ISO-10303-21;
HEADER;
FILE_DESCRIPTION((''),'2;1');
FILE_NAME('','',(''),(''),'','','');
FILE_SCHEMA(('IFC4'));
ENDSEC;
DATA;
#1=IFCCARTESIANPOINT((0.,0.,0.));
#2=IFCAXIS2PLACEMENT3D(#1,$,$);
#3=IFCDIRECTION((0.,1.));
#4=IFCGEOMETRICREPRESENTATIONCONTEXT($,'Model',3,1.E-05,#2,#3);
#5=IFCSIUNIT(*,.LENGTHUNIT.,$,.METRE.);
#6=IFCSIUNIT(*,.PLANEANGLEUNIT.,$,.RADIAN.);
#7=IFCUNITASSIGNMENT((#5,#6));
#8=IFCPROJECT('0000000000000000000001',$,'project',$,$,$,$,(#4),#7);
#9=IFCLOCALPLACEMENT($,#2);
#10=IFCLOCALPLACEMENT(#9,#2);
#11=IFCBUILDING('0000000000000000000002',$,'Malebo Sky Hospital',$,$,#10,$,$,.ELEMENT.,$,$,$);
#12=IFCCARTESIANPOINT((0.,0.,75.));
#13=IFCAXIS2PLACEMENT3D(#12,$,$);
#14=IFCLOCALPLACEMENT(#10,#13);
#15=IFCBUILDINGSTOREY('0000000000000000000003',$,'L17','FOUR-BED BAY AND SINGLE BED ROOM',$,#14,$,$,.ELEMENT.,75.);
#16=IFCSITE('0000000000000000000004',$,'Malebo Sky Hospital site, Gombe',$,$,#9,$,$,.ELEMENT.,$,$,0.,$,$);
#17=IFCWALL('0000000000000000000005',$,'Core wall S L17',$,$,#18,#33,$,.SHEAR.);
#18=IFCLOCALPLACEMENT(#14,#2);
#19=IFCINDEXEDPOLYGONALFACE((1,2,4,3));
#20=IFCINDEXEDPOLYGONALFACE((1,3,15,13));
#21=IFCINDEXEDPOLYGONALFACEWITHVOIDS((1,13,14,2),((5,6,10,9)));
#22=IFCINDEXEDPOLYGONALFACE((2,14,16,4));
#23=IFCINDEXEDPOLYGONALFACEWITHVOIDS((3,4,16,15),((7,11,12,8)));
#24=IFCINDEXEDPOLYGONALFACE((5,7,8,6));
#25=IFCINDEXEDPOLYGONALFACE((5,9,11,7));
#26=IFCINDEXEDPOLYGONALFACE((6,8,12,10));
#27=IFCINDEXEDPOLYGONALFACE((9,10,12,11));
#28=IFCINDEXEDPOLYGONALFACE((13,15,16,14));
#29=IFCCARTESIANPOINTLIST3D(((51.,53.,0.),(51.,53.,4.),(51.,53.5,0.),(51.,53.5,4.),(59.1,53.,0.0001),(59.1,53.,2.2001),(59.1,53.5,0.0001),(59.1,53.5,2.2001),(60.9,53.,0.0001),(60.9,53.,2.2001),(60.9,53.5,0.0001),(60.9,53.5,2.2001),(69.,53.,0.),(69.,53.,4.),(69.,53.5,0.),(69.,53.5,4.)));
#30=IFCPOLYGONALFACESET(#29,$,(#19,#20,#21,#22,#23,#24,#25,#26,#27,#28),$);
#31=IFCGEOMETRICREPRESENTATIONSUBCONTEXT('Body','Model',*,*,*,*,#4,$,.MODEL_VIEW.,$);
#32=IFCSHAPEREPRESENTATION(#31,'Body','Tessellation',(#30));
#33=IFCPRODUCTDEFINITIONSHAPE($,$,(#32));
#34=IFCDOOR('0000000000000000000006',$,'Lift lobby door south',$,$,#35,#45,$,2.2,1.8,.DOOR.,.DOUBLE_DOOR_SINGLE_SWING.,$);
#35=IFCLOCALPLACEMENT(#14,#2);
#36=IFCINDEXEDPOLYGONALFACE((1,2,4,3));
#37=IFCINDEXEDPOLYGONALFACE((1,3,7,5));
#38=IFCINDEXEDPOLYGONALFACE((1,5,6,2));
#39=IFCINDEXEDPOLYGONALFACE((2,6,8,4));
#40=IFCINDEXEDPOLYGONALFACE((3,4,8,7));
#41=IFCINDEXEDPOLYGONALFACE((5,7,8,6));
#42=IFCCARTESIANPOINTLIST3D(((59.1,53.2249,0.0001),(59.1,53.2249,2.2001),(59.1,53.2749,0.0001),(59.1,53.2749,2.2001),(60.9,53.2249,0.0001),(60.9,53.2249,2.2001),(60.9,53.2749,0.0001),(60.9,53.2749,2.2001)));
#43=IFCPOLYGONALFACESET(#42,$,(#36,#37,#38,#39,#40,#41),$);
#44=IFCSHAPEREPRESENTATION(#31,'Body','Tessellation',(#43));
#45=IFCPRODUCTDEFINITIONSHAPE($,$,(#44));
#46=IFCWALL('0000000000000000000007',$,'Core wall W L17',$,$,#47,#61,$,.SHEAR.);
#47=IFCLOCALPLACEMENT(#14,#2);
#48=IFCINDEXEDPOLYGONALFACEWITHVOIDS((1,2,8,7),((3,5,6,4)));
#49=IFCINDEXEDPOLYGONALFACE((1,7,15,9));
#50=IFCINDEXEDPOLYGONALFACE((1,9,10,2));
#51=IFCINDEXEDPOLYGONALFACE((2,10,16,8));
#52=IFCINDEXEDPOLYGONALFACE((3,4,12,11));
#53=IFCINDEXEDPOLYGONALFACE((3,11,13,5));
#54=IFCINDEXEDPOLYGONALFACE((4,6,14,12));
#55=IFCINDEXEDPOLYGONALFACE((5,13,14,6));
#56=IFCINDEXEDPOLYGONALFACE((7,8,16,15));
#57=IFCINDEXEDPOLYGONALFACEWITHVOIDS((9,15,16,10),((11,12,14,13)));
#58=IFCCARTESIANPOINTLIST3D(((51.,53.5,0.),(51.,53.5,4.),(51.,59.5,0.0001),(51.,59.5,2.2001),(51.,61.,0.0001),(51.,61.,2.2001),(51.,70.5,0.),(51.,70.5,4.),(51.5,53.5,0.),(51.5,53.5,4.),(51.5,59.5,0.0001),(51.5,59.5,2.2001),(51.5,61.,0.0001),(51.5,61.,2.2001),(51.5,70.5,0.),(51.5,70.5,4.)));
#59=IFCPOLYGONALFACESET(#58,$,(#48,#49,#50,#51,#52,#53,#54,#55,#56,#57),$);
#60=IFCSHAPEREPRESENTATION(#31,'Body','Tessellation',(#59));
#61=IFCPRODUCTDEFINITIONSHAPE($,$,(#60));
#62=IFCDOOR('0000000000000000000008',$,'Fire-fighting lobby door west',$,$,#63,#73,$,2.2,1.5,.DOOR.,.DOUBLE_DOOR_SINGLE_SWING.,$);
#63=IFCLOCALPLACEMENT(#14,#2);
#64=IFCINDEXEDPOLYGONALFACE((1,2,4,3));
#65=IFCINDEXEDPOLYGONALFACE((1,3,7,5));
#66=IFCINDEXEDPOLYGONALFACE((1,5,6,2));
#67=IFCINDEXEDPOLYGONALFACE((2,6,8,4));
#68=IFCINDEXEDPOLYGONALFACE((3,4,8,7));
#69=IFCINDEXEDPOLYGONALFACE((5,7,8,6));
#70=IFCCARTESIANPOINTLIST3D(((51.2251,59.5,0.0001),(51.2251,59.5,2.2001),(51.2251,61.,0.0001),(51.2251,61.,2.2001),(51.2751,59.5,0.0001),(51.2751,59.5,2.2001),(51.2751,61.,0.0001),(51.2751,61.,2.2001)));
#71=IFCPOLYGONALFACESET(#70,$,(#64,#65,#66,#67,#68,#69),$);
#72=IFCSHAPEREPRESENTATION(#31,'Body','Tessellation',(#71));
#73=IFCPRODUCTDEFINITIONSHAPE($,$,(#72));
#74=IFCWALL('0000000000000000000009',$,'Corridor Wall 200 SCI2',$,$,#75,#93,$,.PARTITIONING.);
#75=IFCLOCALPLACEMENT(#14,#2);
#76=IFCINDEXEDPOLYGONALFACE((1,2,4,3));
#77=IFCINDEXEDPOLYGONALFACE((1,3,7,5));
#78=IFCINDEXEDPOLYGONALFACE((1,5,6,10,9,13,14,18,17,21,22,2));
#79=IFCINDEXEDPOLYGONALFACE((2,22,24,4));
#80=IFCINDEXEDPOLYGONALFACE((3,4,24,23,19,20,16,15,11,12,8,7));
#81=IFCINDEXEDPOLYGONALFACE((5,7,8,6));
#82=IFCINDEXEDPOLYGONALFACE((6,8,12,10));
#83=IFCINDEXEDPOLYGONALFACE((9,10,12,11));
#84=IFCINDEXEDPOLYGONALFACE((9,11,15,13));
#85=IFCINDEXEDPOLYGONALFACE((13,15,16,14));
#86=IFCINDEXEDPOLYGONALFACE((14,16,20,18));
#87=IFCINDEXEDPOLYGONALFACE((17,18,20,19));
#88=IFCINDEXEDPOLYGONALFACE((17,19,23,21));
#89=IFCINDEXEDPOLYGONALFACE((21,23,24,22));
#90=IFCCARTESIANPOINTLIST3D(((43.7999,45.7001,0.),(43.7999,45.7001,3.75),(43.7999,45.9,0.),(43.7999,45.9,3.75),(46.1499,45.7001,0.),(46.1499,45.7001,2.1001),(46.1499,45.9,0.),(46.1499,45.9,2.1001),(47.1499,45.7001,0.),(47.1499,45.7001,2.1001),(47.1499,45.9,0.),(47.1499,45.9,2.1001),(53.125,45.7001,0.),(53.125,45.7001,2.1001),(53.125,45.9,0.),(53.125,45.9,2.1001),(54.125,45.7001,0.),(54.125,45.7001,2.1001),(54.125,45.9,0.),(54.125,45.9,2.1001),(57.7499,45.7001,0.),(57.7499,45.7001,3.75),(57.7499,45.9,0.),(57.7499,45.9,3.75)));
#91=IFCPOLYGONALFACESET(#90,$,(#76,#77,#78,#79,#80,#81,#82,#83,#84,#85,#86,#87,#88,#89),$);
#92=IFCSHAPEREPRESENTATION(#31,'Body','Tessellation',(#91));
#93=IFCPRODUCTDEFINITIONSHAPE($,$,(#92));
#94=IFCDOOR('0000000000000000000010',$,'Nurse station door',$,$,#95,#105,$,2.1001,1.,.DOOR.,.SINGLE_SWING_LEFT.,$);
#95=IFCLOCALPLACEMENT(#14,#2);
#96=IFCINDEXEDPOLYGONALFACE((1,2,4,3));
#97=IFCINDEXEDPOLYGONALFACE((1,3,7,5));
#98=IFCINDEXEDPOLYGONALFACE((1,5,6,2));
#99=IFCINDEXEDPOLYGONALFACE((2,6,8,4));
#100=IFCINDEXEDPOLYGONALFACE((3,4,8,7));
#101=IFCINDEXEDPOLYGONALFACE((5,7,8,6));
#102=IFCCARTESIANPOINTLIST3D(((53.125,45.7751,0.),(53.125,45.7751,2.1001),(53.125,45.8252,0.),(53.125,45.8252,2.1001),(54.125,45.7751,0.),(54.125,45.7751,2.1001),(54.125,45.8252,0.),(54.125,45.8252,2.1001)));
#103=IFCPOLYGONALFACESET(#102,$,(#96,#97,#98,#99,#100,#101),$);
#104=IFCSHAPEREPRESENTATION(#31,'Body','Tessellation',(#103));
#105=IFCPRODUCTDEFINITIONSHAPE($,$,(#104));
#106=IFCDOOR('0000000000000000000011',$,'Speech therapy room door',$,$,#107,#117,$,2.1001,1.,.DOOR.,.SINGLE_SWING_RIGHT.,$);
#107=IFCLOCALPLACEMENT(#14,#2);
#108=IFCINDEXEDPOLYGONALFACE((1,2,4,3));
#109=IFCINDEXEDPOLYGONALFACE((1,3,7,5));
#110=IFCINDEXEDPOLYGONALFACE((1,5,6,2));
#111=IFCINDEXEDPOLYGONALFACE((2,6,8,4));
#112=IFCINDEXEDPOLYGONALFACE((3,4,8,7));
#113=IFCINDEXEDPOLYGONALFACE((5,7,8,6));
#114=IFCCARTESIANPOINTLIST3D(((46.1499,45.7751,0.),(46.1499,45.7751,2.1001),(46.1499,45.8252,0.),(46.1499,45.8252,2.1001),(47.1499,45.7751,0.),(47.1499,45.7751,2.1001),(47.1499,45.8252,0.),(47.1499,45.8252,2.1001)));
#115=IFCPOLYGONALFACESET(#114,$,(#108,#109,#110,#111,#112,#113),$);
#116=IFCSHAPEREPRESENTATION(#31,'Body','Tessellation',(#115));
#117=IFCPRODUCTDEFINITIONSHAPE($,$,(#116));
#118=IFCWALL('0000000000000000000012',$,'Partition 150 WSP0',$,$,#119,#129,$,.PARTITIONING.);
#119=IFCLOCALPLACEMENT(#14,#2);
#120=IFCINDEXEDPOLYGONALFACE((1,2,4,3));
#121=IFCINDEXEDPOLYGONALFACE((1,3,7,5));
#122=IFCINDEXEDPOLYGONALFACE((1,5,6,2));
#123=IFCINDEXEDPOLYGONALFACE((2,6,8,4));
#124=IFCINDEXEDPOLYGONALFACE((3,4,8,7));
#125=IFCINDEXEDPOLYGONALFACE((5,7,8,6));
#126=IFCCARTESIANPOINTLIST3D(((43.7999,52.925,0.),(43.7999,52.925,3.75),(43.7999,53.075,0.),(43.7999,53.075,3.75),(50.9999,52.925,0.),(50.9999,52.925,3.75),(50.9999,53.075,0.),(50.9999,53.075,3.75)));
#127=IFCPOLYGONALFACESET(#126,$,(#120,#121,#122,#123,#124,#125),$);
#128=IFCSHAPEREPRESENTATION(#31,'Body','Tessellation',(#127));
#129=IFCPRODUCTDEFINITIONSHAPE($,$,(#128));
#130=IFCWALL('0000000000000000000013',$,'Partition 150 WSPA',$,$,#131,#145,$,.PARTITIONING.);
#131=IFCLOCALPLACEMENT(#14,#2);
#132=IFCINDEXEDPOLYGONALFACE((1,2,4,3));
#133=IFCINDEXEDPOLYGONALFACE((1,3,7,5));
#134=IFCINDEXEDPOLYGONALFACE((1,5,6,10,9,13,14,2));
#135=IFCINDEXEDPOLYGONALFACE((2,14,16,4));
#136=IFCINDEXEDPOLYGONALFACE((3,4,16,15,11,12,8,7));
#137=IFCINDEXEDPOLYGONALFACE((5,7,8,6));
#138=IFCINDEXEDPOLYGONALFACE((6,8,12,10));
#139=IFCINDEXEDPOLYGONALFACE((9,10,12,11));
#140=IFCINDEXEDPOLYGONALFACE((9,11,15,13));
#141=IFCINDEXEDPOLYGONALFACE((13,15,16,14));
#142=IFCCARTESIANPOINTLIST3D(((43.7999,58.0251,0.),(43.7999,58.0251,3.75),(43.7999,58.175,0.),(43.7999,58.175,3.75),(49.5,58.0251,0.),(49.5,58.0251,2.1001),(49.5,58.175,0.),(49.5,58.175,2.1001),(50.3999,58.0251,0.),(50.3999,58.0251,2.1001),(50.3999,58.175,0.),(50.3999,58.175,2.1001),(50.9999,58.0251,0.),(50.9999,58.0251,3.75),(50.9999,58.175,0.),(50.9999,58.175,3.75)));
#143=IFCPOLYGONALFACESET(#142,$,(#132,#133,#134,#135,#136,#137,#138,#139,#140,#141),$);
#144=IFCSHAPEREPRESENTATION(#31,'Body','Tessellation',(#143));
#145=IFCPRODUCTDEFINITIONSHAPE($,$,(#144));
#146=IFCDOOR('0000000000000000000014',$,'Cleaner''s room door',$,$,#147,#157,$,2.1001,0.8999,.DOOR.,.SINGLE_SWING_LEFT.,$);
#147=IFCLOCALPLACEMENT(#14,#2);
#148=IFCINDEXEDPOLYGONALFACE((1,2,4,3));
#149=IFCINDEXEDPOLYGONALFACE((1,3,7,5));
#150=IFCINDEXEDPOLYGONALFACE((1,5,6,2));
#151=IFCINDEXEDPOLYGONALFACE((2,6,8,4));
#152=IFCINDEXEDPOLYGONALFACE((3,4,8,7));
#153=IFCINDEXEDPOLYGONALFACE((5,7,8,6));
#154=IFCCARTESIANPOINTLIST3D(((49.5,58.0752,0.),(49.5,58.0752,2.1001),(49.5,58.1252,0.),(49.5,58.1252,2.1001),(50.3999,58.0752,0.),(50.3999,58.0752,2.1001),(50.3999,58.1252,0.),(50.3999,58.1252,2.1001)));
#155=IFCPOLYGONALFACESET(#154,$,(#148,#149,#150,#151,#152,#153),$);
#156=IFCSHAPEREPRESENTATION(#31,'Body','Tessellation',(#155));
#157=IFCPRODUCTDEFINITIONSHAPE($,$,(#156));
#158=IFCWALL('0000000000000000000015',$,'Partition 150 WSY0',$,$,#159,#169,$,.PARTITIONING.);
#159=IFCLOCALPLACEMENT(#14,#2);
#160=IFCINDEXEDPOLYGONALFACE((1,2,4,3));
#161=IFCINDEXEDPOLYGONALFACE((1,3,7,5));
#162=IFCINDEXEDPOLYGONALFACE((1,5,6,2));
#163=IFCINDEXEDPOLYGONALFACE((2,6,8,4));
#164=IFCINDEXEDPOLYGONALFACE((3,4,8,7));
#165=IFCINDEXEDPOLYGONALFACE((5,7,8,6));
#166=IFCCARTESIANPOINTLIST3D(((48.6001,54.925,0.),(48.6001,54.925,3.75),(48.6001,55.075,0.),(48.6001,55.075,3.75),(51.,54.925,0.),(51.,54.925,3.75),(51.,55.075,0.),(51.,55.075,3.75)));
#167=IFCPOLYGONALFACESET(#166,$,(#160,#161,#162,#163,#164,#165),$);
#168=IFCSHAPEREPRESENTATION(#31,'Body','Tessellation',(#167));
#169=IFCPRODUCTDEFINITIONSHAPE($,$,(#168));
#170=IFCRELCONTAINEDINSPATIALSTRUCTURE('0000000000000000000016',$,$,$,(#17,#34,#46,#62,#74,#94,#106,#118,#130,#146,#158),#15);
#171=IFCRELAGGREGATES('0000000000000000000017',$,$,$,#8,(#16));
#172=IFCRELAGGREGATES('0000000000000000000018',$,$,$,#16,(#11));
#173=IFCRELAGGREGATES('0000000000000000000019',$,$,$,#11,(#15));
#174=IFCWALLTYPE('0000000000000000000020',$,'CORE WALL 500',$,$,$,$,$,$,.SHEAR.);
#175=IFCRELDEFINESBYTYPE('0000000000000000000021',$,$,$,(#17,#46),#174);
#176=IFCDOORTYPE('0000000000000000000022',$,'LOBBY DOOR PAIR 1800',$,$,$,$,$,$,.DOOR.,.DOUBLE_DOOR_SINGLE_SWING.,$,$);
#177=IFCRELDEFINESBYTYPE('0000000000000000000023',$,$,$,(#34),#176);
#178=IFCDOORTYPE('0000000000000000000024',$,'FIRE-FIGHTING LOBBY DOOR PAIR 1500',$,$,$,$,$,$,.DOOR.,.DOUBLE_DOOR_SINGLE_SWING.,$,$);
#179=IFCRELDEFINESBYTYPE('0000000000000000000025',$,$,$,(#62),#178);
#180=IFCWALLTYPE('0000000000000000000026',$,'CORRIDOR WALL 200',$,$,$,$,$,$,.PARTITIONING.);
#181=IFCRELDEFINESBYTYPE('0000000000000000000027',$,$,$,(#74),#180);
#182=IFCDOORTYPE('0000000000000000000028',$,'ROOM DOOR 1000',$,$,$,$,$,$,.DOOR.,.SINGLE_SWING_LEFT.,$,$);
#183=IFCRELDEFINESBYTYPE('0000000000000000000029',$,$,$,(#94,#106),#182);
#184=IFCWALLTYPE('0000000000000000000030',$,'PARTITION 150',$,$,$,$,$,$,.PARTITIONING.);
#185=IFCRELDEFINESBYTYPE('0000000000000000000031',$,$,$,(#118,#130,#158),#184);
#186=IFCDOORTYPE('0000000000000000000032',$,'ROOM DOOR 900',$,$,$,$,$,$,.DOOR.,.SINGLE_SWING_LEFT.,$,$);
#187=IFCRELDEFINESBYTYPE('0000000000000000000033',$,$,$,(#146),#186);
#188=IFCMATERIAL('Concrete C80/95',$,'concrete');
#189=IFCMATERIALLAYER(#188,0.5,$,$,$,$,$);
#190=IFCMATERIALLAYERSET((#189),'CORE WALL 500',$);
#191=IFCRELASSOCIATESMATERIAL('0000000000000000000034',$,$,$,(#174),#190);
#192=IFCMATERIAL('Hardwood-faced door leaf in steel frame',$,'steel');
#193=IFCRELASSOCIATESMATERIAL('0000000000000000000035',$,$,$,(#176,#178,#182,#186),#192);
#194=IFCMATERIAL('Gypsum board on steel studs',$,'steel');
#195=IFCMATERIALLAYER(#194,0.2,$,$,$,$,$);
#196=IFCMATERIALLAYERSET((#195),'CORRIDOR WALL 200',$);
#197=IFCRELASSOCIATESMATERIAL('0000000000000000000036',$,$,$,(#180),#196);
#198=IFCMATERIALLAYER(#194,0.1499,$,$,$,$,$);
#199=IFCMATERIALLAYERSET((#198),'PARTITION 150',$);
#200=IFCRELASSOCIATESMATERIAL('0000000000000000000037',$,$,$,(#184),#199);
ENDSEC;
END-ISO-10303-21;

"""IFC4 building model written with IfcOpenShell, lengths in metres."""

from ifc_helpers import new_model, si_unit, direction, frame, frame_2d, origin, place, context, subcontext, project, spatial, rectangle, extrude, material, layer, layer_set, type_object, element, fill, save


model = new_model("IFC4")

# Units and contexts
model_context = context("Model", 3, precision=1e-05, world=origin(), true_north=direction((0.0, 1.0)))
body_context = subcontext(model_context, "Body", "Model", "MODEL_VIEW")
ifc_project = project(units=[si_unit("LENGTHUNIT", "METRE"), si_unit("PLANEANGLEUNIT", "RADIAN")], contexts=[model_context])

# Site, building, storey
site_placement = place(None, origin())
site = spatial("IfcSite", under=ifc_project, at=site_placement, Name="Malebo Sky Hospital site, Gombe", CompositionType="ELEMENT", RefElevation=0.0)
building_placement = place(site_placement, origin())
building = spatial("IfcBuilding", under=site, at=building_placement, Name="Malebo Sky Hospital", CompositionType="ELEMENT")
storey_placement = place(building_placement, frame((0.0, 0.0, 75.0)))
storey = spatial("IfcBuildingStorey", under=building, at=storey_placement, Name="L17", Description="FOUR-BED BAY AND SINGLE BED ROOM", CompositionType="ELEMENT", Elevation=75.0)

# Shared definitions
ifc_material_1 = material(Name="Concrete C80/95", Category="concrete")

# Walls, openings, doors
ifc_layer_1 = layer(ifc_material_1, 0.5)
ifc_layer_set_1 = layer_set([ifc_layer_1], Name="CORE WALL 500")
wall_type_1 = type_object("IfcWallType", Name="CORE WALL 500", PredefinedType="SHEAR", material=ifc_layer_set_1)
wall_1_placement = place(storey_placement, frame((51.0, 53.25, 0.0), z_axis=(0.0, 0.0, 1.0), x_axis=(1.0, 0.0, 0.0)))
wall_1 = element("IfcWall", 1, at=wall_1_placement, inside=storey, type_object=wall_type_1, Name="Core wall S L17", PredefinedType="SHEAR", context=body_context, shape_type="SweptSolid", body=[
    extrude(rectangle(XDim=18.0, YDim=0.5, at=frame_2d((9.0, 0.0))), origin(), (0.0, 0.0, 1.0), 4.0),
])
opening_1_placement = place(wall_1_placement, frame((8.1001, 0.0, 0.0)))
opening_1 = element("IfcOpeningElement", 2, at=opening_1_placement, cuts=wall_1, PredefinedType="OPENING", context=body_context, shape_type="SweptSolid", body=[
    extrude(rectangle(XDim=1.8, YDim=2.2, at=frame_2d((0.8999, 1.1001))), frame((0.0, 0.26, 0.0), z_axis=(0.0, -1.0, 0.0), x_axis=(1.0, 0.0, 0.0)), (0.0, 0.0, 1.0), 0.52),
])
ifc_material_2 = material(Name="Hardwood-faced door leaf in steel frame", Category="steel")
door_type_1 = type_object("IfcDoorType", Name="LOBBY DOOR PAIR 1800", OperationType="DOUBLE_DOOR_SINGLE_SWING", PredefinedType="DOOR", material=ifc_material_2)
door_1_placement = place(opening_1_placement, origin())
door_1 = element("IfcDoor", 3, at=door_1_placement, inside=storey, type_object=door_type_1, Name="Lift lobby door south", OperationType="DOUBLE_DOOR_SINGLE_SWING", OverallHeight=2.2, OverallWidth=1.8, PredefinedType="DOOR", context=body_context, shape_type="SweptSolid", body=[
    extrude(rectangle(XDim=1.8, YDim=2.2, at=frame_2d((0.8999, 1.1001))), frame((0.0, 0.0249, 0.0), z_axis=(0.0, -1.0, 0.0), x_axis=(1.0, 0.0, 0.0)), (0.0, 0.0, 1.0), 0.05),
])
fill(opening_1, door_1)
wall_2_placement = place(storey_placement, frame((51.25, 53.5, 0.0), z_axis=(0.0, 0.0, 1.0), x_axis=(0.0, 1.0, 0.0)))
wall_2 = element("IfcWall", 4, at=wall_2_placement, inside=storey, type_object=wall_type_1, Name="Core wall W L17", PredefinedType="SHEAR", context=body_context, shape_type="SweptSolid", body=[
    extrude(rectangle(XDim=17.0, YDim=0.5, at=frame_2d((8.5, 0.0))), origin(), (0.0, 0.0, 1.0), 4.0),
])
opening_2_placement = place(wall_2_placement, frame((6.0, 0.0, 0.0)))
opening_2 = element("IfcOpeningElement", 5, at=opening_2_placement, cuts=wall_2, PredefinedType="OPENING", context=body_context, shape_type="SweptSolid", body=[
    extrude(rectangle(XDim=1.5, YDim=2.2, at=frame_2d((0.75, 1.1001))), frame((0.0, 0.26, 0.0), z_axis=(0.0, -1.0, 0.0), x_axis=(1.0, 0.0, 0.0)), (0.0, 0.0, 1.0), 0.52),
])
door_type_2 = type_object("IfcDoorType", Name="FIRE-FIGHTING LOBBY DOOR PAIR 1500", OperationType="DOUBLE_DOOR_SINGLE_SWING", PredefinedType="DOOR", material=ifc_material_2)
door_2_placement = place(opening_2_placement, origin())
door_2 = element("IfcDoor", 6, at=door_2_placement, inside=storey, type_object=door_type_2, Name="Fire-fighting lobby door west", OperationType="DOUBLE_DOOR_SINGLE_SWING", OverallHeight=2.2, OverallWidth=1.5, PredefinedType="DOOR", context=body_context, shape_type="SweptSolid", body=[
    extrude(rectangle(XDim=1.5, YDim=2.2, at=frame_2d((0.75, 1.1001))), frame((0.0, 0.0249, 0.0), z_axis=(0.0, -1.0, 0.0), x_axis=(1.0, 0.0, 0.0)), (0.0, 0.0, 1.0), 0.05),
])
fill(opening_2, door_2)

# Wall, openings, doors
ifc_material_3 = material(Name="Gypsum board on steel studs", Category="steel")
ifc_layer_2 = layer(ifc_material_3, 0.2)
ifc_layer_set_2 = layer_set([ifc_layer_2], Name="CORRIDOR WALL 200")
wall_type_2 = type_object("IfcWallType", Name="CORRIDOR WALL 200", PredefinedType="PARTITIONING", material=ifc_layer_set_2)
wall_3_placement = place(storey_placement, frame((57.75, 45.8, 0.0), z_axis=(0.0, 0.0, 1.0), x_axis=(-1.0, 0.0, 0.0)))
wall_3 = element("IfcWall", 7, at=wall_3_placement, inside=storey, type_object=wall_type_2, Name="Corridor Wall 200 SCI2", PredefinedType="PARTITIONING", context=body_context, shape_type="SweptSolid", body=[
    extrude(rectangle(XDim=13.95, YDim=0.2, at=frame_2d((6.9751, 0.0))), origin(), (0.0, 0.0, 1.0), 3.75),
])
opening_3_placement = place(wall_3_placement, frame((3.625, 0.0, 0.0)))
opening_3 = element("IfcOpeningElement", 8, at=opening_3_placement, cuts=wall_3, PredefinedType="OPENING", context=body_context, shape_type="SweptSolid", body=[
    extrude(rectangle(XDim=1.0, YDim=2.1001, at=frame_2d((0.5, 1.05))), frame((0.0, 0.1099, 0.0), z_axis=(0.0, -1.0, 0.0), x_axis=(1.0, 0.0, 0.0)), (0.0, 0.0, 1.0), 0.22),
])
opening_4_placement = place(wall_3_placement, frame((10.6001, 0.0, 0.0)))
opening_4 = element("IfcOpeningElement", 9, at=opening_4_placement, cuts=wall_3, PredefinedType="OPENING", context=body_context, shape_type="SweptSolid", body=[
    extrude(rectangle(XDim=1.0, YDim=2.1001, at=frame_2d((0.5, 1.05))), frame((0.0, 0.1099, 0.0), z_axis=(0.0, -1.0, 0.0), x_axis=(1.0, 0.0, 0.0)), (0.0, 0.0, 1.0), 0.22),
])
door_type_3 = type_object("IfcDoorType", Name="ROOM DOOR 1000", OperationType="SINGLE_SWING_LEFT", PredefinedType="DOOR", material=ifc_material_2)
door_3_placement = place(opening_3_placement, origin())
door_3 = element("IfcDoor", 10, at=door_3_placement, inside=storey, type_object=door_type_3, Name="Nurse station door", OperationType="SINGLE_SWING_LEFT", OverallHeight=2.1001, OverallWidth=1.0, PredefinedType="DOOR", context=body_context, shape_type="SweptSolid", body=[
    extrude(rectangle(XDim=1.0, YDim=2.1001, at=frame_2d((0.5, 1.05))), frame((0.0, 0.0249, 0.0), z_axis=(0.0, -1.0, 0.0), x_axis=(1.0, 0.0, 0.0)), (0.0, 0.0, 1.0), 0.05),
])
fill(opening_3, door_3)
door_4_placement = place(opening_4_placement, origin())
door_4 = element("IfcDoor", 11, at=door_4_placement, inside=storey, type_object=door_type_3, Name="Speech therapy room door", OperationType="SINGLE_SWING_RIGHT", OverallHeight=2.1001, OverallWidth=1.0, PredefinedType="DOOR", context=body_context, shape_type="SweptSolid", body=[
    extrude(rectangle(XDim=1.0, YDim=2.1001, at=frame_2d((0.5, 1.05))), frame((0.0, 0.0249, 0.0), z_axis=(0.0, -1.0, 0.0), x_axis=(1.0, 0.0, 0.0)), (0.0, 0.0, 1.0), 0.05),
])
fill(opening_4, door_4)

# Wall
ifc_layer_3 = layer(ifc_material_3, 0.1499)
ifc_layer_set_3 = layer_set([ifc_layer_3], Name="PARTITION 150")
wall_type_3 = type_object("IfcWallType", Name="PARTITION 150", PredefinedType="PARTITIONING", material=ifc_layer_set_3)
wall_4_placement = place(storey_placement, frame((51.0, 53.0, 0.0), z_axis=(0.0, 0.0, 1.0), x_axis=(-1.0, 0.0, 0.0)))
element("IfcWall", 12, at=wall_4_placement, inside=storey, type_object=wall_type_3, Name="Partition 150 WSP0", PredefinedType="PARTITIONING", context=body_context, shape_type="SweptSolid", body=[
    extrude(rectangle(XDim=7.2, YDim=0.1499, at=frame_2d((3.6001, 0.0))), origin(), (0.0, 0.0, 1.0), 3.75),
])

# Wall, opening, door
wall_5_placement = place(storey_placement, frame((51.0, 58.1001, 0.0), z_axis=(0.0, 0.0, 1.0), x_axis=(-1.0, 0.0, 0.0)))
wall_5 = element("IfcWall", 13, at=wall_5_placement, inside=storey, type_object=wall_type_3, Name="Partition 150 WSPA", PredefinedType="PARTITIONING", context=body_context, shape_type="SweptSolid", body=[
    extrude(rectangle(XDim=7.2, YDim=0.1499, at=frame_2d((3.6001, 0.0))), origin(), (0.0, 0.0, 1.0), 3.75),
])
opening_5_placement = place(wall_5_placement, frame((0.6001, 0.0, 0.0)))
opening_5 = element("IfcOpeningElement", 14, at=opening_5_placement, cuts=wall_5, PredefinedType="OPENING", context=body_context, shape_type="SweptSolid", body=[
    extrude(rectangle(XDim=0.8999, YDim=2.1001, at=frame_2d((0.45, 1.05))), frame((0.0, 0.085, 0.0), z_axis=(0.0, -1.0, 0.0), x_axis=(1.0, 0.0, 0.0)), (0.0, 0.0, 1.0), 0.1699),
])
door_type_4 = type_object("IfcDoorType", Name="ROOM DOOR 900", OperationType="SINGLE_SWING_LEFT", PredefinedType="DOOR", material=ifc_material_2)
door_5_placement = place(opening_5_placement, origin())
door_5 = element("IfcDoor", 15, at=door_5_placement, inside=storey, type_object=door_type_4, Name="Cleaner's room door", OperationType="SINGLE_SWING_LEFT", OverallHeight=2.1001, OverallWidth=0.8999, PredefinedType="DOOR", context=body_context, shape_type="SweptSolid", body=[
    extrude(rectangle(XDim=0.8999, YDim=2.1001, at=frame_2d((0.45, 1.05))), frame((0.0, 0.0249, 0.0), z_axis=(0.0, -1.0, 0.0), x_axis=(1.0, 0.0, 0.0)), (0.0, 0.0, 1.0), 0.05),
])
fill(opening_5, door_5)

# Wall
wall_6_placement = place(storey_placement, frame((51.0, 55.0, 0.0), z_axis=(0.0, 0.0, 1.0), x_axis=(-1.0, 0.0, 0.0)))
element("IfcWall", 16, at=wall_6_placement, inside=storey, type_object=wall_type_3, Name="Partition 150 WSY0", PredefinedType="PARTITIONING", context=body_context, shape_type="SweptSolid", body=[
    extrude(rectangle(XDim=2.3999, YDim=0.1499, at=frame_2d((1.2, 0.0))), origin(), (0.0, 0.0, 1.0), 3.75),
])

save(model, "model.ifc")
